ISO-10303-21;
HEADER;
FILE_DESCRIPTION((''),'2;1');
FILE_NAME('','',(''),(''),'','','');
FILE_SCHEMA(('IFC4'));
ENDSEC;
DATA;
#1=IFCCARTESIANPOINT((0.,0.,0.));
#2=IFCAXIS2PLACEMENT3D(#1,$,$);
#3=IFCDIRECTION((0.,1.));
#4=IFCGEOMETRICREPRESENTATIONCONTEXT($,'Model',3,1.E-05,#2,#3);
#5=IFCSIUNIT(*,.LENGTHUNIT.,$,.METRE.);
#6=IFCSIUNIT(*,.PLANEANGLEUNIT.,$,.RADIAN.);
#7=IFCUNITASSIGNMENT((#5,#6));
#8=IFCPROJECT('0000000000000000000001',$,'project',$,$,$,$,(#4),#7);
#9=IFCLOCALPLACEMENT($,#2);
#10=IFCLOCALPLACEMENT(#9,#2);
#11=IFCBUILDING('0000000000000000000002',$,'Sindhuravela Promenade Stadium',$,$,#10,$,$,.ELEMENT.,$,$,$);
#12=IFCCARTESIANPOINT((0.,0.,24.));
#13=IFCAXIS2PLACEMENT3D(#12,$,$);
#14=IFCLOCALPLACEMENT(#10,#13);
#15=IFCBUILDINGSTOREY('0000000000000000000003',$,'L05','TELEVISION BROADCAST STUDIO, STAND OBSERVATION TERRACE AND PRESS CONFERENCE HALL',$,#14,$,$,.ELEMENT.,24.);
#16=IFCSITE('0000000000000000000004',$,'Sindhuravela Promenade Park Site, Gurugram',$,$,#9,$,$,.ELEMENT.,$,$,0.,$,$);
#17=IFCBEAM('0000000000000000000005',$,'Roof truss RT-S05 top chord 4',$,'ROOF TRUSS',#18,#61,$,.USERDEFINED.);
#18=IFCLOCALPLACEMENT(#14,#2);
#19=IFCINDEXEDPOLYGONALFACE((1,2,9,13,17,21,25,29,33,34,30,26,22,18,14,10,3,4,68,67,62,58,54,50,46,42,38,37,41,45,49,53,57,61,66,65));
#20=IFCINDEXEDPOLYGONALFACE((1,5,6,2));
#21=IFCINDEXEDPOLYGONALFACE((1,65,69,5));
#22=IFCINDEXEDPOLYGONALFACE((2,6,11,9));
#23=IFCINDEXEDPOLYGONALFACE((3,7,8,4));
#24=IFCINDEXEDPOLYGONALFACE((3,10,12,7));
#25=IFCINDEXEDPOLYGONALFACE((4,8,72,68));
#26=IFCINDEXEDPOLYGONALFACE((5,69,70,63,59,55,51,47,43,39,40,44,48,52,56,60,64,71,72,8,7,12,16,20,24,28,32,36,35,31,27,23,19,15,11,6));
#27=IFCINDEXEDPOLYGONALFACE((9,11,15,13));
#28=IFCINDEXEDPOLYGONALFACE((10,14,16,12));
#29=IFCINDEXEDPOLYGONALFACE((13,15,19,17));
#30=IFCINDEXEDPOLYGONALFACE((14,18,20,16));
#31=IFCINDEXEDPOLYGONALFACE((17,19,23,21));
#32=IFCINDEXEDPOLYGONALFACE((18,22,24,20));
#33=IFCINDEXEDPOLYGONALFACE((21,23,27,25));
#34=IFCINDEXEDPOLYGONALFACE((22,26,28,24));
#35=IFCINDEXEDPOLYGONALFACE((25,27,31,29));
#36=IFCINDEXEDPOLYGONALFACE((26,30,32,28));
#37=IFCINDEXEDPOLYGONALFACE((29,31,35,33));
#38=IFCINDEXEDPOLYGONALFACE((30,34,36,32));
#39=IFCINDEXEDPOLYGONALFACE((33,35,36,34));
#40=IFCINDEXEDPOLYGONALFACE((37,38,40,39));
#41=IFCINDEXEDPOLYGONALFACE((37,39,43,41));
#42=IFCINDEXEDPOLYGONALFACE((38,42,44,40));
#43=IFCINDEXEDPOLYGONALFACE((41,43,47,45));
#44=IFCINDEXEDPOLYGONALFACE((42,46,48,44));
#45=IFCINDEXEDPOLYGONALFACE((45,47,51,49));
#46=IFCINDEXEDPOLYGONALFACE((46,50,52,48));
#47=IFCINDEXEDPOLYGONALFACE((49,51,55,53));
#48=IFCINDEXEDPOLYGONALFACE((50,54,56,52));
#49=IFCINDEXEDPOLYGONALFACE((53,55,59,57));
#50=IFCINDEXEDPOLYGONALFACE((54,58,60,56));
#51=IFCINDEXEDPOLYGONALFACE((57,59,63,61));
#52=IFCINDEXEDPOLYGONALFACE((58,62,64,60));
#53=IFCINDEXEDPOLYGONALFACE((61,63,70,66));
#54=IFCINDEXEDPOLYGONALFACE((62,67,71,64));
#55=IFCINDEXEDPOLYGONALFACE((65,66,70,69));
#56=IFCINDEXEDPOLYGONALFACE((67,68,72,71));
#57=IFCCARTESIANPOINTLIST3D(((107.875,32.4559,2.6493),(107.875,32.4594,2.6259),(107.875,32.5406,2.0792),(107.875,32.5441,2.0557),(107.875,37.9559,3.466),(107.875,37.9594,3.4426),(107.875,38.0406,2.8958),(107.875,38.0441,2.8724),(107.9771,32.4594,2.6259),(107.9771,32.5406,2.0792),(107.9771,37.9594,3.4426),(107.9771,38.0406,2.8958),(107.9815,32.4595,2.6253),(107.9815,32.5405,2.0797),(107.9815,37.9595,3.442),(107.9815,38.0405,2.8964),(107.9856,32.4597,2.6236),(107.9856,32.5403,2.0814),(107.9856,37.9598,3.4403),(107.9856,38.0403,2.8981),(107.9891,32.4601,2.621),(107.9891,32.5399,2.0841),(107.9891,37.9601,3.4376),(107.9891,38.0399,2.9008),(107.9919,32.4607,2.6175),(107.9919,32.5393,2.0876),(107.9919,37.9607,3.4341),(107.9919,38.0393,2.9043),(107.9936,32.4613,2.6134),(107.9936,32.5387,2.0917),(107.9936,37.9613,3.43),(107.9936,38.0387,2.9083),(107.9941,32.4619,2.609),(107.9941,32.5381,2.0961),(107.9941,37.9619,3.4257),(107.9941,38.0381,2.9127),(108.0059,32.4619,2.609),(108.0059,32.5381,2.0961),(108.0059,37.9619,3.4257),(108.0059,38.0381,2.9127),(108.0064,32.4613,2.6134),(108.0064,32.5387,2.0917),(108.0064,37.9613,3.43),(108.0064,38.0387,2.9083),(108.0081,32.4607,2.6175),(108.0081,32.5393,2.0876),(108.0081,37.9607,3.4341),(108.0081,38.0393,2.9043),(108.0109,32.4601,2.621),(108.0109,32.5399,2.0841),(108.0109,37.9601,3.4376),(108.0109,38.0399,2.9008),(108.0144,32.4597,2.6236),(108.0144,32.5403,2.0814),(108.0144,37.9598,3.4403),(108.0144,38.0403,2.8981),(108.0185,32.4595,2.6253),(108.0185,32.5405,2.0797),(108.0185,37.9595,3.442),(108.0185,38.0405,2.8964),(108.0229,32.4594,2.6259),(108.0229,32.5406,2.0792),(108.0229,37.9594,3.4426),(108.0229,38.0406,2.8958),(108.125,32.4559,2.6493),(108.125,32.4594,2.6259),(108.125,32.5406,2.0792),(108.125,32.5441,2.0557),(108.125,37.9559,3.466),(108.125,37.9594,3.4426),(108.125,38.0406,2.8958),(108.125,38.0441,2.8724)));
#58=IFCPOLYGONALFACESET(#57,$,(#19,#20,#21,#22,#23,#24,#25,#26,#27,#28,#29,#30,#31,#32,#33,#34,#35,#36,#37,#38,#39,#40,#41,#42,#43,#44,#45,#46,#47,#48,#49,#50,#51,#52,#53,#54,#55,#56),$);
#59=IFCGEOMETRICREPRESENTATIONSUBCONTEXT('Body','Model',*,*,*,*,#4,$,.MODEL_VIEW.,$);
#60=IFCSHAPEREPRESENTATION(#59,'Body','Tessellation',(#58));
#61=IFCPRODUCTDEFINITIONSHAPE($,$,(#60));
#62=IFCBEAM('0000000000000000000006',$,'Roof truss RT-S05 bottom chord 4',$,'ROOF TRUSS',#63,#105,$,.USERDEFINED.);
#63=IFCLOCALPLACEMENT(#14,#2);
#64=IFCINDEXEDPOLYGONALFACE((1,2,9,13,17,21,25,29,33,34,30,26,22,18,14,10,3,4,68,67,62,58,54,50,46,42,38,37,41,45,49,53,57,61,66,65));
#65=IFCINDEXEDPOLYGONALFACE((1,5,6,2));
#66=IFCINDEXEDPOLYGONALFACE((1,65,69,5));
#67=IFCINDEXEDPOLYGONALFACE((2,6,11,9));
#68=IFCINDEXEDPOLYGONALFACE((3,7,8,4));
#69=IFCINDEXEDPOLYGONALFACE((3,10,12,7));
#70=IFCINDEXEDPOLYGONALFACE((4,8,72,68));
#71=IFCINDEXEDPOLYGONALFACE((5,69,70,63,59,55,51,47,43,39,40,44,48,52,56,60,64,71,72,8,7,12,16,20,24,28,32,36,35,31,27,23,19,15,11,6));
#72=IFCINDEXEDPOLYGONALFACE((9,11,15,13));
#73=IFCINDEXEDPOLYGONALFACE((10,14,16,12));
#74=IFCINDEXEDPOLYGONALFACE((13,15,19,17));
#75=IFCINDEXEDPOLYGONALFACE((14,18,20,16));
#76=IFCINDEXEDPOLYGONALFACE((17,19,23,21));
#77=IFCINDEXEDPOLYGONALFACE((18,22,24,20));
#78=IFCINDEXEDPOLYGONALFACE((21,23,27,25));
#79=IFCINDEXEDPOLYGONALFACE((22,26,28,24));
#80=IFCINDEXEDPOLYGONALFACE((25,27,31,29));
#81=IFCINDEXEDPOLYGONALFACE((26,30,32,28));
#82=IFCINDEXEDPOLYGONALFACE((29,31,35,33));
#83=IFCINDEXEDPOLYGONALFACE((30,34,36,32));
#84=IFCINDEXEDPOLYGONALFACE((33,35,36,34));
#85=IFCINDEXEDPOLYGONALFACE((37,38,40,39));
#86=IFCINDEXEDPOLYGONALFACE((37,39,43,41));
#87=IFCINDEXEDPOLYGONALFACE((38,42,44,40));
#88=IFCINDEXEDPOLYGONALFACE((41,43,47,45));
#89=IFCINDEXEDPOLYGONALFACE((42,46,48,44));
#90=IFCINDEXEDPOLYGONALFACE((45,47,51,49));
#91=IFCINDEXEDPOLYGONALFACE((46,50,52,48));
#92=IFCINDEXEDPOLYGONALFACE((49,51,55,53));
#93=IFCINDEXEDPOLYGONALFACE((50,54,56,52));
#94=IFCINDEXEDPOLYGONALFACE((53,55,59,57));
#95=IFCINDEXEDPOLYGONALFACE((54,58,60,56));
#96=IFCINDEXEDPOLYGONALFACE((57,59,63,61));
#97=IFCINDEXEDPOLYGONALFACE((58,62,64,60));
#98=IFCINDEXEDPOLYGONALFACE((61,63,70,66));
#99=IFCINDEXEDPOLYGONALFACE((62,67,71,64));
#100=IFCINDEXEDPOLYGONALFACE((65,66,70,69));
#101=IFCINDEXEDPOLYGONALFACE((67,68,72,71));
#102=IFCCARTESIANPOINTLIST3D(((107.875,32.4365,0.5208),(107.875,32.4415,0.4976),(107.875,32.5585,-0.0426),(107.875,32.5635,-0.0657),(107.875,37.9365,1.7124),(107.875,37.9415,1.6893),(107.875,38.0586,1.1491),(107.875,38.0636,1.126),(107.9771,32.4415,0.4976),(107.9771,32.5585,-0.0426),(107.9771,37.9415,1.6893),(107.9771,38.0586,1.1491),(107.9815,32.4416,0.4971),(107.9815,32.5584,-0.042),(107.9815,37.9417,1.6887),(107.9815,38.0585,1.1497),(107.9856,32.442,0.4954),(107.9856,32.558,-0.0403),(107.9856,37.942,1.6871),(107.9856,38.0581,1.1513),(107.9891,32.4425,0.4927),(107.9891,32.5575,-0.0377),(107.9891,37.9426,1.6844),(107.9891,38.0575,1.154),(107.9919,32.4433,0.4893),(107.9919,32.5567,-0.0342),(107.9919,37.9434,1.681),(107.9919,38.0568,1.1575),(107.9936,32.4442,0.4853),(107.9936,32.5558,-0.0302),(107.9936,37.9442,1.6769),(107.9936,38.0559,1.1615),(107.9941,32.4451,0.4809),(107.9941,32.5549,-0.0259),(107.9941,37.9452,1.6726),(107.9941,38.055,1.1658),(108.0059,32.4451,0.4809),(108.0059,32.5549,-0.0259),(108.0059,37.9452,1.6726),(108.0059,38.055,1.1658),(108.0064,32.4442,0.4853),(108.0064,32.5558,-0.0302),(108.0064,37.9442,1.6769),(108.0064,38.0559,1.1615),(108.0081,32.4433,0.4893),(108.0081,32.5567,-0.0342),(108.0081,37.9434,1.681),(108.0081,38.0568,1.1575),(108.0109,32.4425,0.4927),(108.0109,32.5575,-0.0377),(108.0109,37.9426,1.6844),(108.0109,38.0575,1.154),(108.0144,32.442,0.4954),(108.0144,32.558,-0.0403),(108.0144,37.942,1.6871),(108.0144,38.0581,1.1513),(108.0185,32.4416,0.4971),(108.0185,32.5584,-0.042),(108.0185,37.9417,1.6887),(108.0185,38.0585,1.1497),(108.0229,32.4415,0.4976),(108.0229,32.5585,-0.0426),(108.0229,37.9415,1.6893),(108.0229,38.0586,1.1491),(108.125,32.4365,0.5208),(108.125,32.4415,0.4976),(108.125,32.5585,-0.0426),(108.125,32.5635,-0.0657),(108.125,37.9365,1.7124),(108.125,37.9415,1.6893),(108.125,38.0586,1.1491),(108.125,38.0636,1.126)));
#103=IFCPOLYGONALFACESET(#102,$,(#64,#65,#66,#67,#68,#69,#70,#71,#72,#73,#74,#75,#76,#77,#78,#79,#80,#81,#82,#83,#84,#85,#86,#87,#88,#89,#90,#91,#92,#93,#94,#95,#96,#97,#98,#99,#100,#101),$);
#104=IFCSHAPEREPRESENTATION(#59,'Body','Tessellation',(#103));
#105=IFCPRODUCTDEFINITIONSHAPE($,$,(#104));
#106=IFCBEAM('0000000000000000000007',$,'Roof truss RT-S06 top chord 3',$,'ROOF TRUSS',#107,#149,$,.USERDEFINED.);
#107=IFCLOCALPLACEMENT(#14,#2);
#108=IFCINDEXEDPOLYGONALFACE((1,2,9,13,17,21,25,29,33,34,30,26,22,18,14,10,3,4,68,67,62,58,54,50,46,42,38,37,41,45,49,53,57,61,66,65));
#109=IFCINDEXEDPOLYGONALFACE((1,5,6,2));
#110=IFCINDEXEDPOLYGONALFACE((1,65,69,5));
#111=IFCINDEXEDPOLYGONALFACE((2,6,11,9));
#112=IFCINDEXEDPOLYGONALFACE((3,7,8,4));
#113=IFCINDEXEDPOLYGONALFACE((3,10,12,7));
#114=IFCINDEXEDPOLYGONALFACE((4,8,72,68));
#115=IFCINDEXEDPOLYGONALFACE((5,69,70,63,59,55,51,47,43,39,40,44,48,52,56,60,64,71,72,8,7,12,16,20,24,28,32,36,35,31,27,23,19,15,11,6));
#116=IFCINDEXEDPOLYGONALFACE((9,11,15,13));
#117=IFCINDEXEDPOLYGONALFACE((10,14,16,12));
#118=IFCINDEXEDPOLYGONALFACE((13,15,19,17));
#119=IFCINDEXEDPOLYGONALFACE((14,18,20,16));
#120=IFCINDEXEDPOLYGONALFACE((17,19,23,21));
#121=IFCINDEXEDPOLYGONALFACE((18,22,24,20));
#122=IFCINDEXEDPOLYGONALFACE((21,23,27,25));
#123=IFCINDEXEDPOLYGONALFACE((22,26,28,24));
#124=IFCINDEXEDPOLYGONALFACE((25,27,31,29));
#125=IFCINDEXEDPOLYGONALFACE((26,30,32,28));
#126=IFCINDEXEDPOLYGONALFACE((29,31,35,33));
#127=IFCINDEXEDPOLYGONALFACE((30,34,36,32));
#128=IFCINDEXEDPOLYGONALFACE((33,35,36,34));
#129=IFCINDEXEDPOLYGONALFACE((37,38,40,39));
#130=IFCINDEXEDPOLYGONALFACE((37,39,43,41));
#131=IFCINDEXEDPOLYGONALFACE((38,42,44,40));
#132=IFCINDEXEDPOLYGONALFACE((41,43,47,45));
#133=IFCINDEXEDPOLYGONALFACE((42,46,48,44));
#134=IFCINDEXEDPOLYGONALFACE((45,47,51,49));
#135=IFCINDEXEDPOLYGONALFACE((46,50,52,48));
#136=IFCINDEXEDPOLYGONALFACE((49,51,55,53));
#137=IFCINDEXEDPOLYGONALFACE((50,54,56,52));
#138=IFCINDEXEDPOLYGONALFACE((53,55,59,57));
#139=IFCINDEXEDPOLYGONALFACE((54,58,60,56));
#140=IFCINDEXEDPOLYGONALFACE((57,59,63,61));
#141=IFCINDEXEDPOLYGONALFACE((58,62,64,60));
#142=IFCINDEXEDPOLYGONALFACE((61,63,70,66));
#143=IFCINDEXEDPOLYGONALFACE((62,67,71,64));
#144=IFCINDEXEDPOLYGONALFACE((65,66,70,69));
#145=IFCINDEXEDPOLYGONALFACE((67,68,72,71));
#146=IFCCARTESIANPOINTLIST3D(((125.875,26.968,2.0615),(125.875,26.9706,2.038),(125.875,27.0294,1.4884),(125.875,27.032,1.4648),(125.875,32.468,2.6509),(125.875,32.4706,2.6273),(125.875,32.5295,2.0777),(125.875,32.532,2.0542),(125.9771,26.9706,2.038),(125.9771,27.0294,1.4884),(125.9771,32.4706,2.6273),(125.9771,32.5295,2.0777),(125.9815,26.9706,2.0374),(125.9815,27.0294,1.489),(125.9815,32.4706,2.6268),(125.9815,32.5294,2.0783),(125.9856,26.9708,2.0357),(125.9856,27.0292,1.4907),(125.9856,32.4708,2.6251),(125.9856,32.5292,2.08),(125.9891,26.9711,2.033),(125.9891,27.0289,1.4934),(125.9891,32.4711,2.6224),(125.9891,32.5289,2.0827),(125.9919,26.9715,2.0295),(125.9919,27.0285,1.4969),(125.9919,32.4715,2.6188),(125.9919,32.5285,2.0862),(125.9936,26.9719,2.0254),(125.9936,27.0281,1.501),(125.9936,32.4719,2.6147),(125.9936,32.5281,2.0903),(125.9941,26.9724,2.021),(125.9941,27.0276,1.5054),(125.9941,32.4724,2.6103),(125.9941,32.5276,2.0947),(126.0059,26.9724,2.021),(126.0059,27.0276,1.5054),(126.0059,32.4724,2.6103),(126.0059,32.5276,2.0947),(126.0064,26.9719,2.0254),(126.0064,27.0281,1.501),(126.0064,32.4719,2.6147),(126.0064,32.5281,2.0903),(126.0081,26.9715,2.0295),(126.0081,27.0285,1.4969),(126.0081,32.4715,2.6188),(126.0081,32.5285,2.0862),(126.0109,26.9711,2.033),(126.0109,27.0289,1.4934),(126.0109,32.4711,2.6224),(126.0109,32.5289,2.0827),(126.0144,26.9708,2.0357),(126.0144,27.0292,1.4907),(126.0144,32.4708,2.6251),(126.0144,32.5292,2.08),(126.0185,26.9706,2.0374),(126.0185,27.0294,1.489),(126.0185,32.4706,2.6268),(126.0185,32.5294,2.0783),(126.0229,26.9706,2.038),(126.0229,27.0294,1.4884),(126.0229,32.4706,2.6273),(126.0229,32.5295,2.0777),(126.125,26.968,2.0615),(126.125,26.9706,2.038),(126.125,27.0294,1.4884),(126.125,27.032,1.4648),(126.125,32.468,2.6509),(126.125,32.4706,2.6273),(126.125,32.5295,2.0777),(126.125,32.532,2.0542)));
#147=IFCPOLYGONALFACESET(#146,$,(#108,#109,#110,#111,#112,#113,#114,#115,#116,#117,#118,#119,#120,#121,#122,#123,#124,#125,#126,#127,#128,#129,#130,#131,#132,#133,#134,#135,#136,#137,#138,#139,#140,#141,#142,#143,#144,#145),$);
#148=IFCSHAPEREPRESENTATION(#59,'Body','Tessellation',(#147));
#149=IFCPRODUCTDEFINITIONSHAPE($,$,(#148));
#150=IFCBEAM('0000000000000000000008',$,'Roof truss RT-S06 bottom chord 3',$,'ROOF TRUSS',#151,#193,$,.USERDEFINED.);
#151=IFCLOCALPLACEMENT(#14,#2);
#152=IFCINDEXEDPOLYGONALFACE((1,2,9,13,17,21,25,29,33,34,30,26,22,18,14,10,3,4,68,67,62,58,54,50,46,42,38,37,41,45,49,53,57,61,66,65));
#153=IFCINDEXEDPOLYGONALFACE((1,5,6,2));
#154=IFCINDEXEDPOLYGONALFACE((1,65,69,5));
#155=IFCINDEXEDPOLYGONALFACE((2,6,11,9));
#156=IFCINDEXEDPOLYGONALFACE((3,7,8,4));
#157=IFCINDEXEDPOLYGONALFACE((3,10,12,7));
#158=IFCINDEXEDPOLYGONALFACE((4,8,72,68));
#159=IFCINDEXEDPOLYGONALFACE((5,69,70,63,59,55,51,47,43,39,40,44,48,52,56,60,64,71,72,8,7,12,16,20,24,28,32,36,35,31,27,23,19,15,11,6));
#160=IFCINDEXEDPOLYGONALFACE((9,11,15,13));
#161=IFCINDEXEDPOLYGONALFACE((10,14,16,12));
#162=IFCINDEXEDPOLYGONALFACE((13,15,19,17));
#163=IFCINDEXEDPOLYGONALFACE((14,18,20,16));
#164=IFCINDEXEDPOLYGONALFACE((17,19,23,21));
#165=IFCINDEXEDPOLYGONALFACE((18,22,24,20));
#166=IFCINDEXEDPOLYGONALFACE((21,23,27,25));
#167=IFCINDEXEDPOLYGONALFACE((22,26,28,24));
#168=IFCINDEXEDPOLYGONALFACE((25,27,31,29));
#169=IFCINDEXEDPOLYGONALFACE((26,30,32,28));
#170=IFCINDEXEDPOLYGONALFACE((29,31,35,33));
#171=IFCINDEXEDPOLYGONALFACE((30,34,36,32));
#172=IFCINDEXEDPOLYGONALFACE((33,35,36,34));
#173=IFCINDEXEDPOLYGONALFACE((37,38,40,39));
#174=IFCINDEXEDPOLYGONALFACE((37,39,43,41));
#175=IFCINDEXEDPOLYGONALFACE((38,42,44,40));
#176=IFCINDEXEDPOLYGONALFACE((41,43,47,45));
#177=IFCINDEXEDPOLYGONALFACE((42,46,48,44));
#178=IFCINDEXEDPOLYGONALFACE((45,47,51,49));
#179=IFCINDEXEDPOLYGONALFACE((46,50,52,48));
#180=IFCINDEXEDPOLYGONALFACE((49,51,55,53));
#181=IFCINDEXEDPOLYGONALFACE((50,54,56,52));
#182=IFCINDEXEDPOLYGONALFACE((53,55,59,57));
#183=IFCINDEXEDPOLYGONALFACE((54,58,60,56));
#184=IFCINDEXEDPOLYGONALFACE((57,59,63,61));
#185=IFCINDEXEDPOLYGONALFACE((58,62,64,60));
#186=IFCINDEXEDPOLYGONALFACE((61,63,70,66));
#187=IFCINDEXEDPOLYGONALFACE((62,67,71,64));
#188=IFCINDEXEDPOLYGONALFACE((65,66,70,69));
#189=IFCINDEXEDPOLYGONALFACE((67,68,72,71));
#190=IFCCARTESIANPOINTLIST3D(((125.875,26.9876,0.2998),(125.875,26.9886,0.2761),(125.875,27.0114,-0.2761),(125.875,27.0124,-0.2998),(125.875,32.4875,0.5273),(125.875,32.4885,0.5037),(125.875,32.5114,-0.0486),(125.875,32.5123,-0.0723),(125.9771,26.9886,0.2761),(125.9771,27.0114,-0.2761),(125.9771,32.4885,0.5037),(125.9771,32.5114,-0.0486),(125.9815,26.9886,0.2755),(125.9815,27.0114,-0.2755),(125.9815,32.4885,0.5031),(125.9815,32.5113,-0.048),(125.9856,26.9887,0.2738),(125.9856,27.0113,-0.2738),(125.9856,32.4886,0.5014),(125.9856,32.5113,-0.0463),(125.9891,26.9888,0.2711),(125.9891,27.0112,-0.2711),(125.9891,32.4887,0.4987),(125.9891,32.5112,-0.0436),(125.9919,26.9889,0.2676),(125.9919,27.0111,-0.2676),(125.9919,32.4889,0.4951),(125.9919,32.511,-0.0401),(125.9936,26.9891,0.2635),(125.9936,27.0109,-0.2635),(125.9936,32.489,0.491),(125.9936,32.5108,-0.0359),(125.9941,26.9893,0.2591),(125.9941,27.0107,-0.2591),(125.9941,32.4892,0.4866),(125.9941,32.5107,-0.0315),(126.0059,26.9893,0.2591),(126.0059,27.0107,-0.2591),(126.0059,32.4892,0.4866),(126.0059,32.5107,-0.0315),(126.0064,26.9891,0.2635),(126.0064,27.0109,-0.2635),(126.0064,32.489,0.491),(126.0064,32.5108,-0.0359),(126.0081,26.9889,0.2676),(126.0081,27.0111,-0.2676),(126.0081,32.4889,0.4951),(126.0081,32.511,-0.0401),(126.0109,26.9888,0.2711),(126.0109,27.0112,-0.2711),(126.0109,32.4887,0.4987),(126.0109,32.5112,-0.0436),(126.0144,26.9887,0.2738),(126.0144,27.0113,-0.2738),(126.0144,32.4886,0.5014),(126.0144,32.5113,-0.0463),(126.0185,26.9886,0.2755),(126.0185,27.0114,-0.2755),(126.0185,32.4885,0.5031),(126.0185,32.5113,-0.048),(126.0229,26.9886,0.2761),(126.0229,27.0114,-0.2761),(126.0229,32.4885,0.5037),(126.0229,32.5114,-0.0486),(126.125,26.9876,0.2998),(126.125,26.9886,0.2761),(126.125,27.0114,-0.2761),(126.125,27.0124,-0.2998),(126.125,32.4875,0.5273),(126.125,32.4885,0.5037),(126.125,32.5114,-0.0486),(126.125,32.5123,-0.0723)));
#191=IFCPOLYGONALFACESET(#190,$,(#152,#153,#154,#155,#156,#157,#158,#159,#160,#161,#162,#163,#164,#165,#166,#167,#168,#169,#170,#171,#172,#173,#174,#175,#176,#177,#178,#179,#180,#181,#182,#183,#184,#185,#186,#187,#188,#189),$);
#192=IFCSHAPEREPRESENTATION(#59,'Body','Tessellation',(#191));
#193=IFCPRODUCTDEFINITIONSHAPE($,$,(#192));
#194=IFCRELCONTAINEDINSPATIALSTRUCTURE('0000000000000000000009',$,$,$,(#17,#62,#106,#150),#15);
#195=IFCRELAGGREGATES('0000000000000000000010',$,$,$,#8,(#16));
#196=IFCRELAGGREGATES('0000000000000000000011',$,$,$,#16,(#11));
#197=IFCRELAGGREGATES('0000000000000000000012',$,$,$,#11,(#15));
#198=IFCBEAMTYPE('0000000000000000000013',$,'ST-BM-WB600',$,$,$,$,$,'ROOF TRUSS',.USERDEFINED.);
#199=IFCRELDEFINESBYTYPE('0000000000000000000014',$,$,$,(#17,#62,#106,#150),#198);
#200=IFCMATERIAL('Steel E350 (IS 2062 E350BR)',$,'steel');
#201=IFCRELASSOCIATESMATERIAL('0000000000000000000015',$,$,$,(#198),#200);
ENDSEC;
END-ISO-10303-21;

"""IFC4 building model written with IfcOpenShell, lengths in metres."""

from ifc_helpers import new_model, si_unit, direction, frame, origin, origin_2d, place, context, subcontext, project, spatial, i_section, extrude, material, material_profile, profile_set, type_object, element, save


model = new_model("IFC4")

# Units and contexts
model_context = context("Model", 3, precision=1e-05, world=origin(), true_north=direction((0.0, 1.0)))
body_context = subcontext(model_context, "Body", "Model", "MODEL_VIEW")
ifc_project = project(units=[si_unit("LENGTHUNIT", "METRE"), si_unit("PLANEANGLEUNIT", "RADIAN")], contexts=[model_context])

# Site, building, storey
site_placement = place(None, origin())
site = spatial("IfcSite", under=ifc_project, at=site_placement, Name="Sindhuravela Promenade Park Site, Gurugram", CompositionType="ELEMENT", RefElevation=0.0)
building_placement = place(site_placement, origin())
building = spatial("IfcBuilding", under=site, at=building_placement, Name="Sindhuravela Promenade Stadium", CompositionType="ELEMENT")
storey_placement = place(building_placement, frame((0.0, 0.0, 24.0)))
storey = spatial("IfcBuildingStorey", under=building, at=storey_placement, Name="L05", Description="TELEVISION BROADCAST STUDIO, STAND OBSERVATION TERRACE AND PRESS CONFERENCE HALL", CompositionType="ELEMENT", Elevation=24.0)

# Beams
ifc_material_1 = material(Name="Steel E350 (IS 2062 E350BR)", Category="steel")
ifc_material_profile_1 = material_profile(ifc_material_1, i_section(OverallWidth=0.25, OverallDepth=0.6001, WebThickness=0.0117, FlangeThickness=0.0237, FilletRadius=0.0171, at=origin_2d()), Name="ISWB 600")
ifc_profile_set_1 = profile_set([ifc_material_profile_1], Name="Steel E350 (IS 2062 E350BR)")
beam_type_1 = type_object("IfcBeamType", Name="ST-BM-WB600", ElementType="ROOF TRUSS", PredefinedType="USERDEFINED", material=ifc_profile_set_1)
beam_1_placement = place(storey_placement, frame((108.0, 32.5, 2.3525), z_axis=(0.0, 0.989156, 0.146872), x_axis=(-1.0, 0.0, 0.0)))
element("IfcBeam", 1, at=beam_1_placement, inside=storey, type_object=beam_type_1, Name="Roof truss RT-S05 top chord 4", ObjectType="ROOF TRUSS", PredefinedType="USERDEFINED", context=body_context, shape_type="SweptSolid", body=[
    extrude(i_section(OverallWidth=0.25, OverallDepth=0.6001, WebThickness=0.0117, FlangeThickness=0.0237, FilletRadius=0.0171, at=origin_2d()), origin(), (0.0, 0.0, 1.0), 5.5603),
])
beam_2_placement = place(storey_placement, frame((108.0, 32.5, 0.2275), z_axis=(0.0, 0.977324, 0.211751), x_axis=(-1.0, 0.0, 0.0)))
element("IfcBeam", 2, at=beam_2_placement, inside=storey, type_object=beam_type_1, Name="Roof truss RT-S05 bottom chord 4", ObjectType="ROOF TRUSS", PredefinedType="USERDEFINED", context=body_context, shape_type="SweptSolid", body=[
    extrude(i_section(OverallWidth=0.25, OverallDepth=0.6001, WebThickness=0.0117, FlangeThickness=0.0237, FilletRadius=0.0171, at=origin_2d()), origin(), (0.0, 0.0, 1.0), 5.6277),
])
beam_3_placement = place(storey_placement, frame((126.0, 27.0, 1.7632), z_axis=(0.0, 0.994308, 0.106546), x_axis=(-1.0, 0.0, 0.0)))
element("IfcBeam", 3, at=beam_3_placement, inside=storey, type_object=beam_type_1, Name="Roof truss RT-S06 top chord 3", ObjectType="ROOF TRUSS", PredefinedType="USERDEFINED", context=body_context, shape_type="SweptSolid", body=[
    extrude(i_section(OverallWidth=0.25, OverallDepth=0.6001, WebThickness=0.0117, FlangeThickness=0.0237, FilletRadius=0.0171, at=origin_2d()), origin(), (0.0, 0.0, 1.0), 5.5315),
])
beam_4_placement = place(storey_placement, frame((126.0, 27.0, 0.0), z_axis=(0.0, 0.999145, 0.041335), x_axis=(-1.0, 0.0, 0.0)))
element("IfcBeam", 4, at=beam_4_placement, inside=storey, type_object=beam_type_1, Name="Roof truss RT-S06 bottom chord 3", ObjectType="ROOF TRUSS", PredefinedType="USERDEFINED", context=body_context, shape_type="SweptSolid", body=[
    extrude(i_section(OverallWidth=0.25, OverallDepth=0.6001, WebThickness=0.0117, FlangeThickness=0.0237, FilletRadius=0.0171, at=origin_2d()), origin(), (0.0, 0.0, 1.0), 5.5046),
])

save(model, "model.ifc")
